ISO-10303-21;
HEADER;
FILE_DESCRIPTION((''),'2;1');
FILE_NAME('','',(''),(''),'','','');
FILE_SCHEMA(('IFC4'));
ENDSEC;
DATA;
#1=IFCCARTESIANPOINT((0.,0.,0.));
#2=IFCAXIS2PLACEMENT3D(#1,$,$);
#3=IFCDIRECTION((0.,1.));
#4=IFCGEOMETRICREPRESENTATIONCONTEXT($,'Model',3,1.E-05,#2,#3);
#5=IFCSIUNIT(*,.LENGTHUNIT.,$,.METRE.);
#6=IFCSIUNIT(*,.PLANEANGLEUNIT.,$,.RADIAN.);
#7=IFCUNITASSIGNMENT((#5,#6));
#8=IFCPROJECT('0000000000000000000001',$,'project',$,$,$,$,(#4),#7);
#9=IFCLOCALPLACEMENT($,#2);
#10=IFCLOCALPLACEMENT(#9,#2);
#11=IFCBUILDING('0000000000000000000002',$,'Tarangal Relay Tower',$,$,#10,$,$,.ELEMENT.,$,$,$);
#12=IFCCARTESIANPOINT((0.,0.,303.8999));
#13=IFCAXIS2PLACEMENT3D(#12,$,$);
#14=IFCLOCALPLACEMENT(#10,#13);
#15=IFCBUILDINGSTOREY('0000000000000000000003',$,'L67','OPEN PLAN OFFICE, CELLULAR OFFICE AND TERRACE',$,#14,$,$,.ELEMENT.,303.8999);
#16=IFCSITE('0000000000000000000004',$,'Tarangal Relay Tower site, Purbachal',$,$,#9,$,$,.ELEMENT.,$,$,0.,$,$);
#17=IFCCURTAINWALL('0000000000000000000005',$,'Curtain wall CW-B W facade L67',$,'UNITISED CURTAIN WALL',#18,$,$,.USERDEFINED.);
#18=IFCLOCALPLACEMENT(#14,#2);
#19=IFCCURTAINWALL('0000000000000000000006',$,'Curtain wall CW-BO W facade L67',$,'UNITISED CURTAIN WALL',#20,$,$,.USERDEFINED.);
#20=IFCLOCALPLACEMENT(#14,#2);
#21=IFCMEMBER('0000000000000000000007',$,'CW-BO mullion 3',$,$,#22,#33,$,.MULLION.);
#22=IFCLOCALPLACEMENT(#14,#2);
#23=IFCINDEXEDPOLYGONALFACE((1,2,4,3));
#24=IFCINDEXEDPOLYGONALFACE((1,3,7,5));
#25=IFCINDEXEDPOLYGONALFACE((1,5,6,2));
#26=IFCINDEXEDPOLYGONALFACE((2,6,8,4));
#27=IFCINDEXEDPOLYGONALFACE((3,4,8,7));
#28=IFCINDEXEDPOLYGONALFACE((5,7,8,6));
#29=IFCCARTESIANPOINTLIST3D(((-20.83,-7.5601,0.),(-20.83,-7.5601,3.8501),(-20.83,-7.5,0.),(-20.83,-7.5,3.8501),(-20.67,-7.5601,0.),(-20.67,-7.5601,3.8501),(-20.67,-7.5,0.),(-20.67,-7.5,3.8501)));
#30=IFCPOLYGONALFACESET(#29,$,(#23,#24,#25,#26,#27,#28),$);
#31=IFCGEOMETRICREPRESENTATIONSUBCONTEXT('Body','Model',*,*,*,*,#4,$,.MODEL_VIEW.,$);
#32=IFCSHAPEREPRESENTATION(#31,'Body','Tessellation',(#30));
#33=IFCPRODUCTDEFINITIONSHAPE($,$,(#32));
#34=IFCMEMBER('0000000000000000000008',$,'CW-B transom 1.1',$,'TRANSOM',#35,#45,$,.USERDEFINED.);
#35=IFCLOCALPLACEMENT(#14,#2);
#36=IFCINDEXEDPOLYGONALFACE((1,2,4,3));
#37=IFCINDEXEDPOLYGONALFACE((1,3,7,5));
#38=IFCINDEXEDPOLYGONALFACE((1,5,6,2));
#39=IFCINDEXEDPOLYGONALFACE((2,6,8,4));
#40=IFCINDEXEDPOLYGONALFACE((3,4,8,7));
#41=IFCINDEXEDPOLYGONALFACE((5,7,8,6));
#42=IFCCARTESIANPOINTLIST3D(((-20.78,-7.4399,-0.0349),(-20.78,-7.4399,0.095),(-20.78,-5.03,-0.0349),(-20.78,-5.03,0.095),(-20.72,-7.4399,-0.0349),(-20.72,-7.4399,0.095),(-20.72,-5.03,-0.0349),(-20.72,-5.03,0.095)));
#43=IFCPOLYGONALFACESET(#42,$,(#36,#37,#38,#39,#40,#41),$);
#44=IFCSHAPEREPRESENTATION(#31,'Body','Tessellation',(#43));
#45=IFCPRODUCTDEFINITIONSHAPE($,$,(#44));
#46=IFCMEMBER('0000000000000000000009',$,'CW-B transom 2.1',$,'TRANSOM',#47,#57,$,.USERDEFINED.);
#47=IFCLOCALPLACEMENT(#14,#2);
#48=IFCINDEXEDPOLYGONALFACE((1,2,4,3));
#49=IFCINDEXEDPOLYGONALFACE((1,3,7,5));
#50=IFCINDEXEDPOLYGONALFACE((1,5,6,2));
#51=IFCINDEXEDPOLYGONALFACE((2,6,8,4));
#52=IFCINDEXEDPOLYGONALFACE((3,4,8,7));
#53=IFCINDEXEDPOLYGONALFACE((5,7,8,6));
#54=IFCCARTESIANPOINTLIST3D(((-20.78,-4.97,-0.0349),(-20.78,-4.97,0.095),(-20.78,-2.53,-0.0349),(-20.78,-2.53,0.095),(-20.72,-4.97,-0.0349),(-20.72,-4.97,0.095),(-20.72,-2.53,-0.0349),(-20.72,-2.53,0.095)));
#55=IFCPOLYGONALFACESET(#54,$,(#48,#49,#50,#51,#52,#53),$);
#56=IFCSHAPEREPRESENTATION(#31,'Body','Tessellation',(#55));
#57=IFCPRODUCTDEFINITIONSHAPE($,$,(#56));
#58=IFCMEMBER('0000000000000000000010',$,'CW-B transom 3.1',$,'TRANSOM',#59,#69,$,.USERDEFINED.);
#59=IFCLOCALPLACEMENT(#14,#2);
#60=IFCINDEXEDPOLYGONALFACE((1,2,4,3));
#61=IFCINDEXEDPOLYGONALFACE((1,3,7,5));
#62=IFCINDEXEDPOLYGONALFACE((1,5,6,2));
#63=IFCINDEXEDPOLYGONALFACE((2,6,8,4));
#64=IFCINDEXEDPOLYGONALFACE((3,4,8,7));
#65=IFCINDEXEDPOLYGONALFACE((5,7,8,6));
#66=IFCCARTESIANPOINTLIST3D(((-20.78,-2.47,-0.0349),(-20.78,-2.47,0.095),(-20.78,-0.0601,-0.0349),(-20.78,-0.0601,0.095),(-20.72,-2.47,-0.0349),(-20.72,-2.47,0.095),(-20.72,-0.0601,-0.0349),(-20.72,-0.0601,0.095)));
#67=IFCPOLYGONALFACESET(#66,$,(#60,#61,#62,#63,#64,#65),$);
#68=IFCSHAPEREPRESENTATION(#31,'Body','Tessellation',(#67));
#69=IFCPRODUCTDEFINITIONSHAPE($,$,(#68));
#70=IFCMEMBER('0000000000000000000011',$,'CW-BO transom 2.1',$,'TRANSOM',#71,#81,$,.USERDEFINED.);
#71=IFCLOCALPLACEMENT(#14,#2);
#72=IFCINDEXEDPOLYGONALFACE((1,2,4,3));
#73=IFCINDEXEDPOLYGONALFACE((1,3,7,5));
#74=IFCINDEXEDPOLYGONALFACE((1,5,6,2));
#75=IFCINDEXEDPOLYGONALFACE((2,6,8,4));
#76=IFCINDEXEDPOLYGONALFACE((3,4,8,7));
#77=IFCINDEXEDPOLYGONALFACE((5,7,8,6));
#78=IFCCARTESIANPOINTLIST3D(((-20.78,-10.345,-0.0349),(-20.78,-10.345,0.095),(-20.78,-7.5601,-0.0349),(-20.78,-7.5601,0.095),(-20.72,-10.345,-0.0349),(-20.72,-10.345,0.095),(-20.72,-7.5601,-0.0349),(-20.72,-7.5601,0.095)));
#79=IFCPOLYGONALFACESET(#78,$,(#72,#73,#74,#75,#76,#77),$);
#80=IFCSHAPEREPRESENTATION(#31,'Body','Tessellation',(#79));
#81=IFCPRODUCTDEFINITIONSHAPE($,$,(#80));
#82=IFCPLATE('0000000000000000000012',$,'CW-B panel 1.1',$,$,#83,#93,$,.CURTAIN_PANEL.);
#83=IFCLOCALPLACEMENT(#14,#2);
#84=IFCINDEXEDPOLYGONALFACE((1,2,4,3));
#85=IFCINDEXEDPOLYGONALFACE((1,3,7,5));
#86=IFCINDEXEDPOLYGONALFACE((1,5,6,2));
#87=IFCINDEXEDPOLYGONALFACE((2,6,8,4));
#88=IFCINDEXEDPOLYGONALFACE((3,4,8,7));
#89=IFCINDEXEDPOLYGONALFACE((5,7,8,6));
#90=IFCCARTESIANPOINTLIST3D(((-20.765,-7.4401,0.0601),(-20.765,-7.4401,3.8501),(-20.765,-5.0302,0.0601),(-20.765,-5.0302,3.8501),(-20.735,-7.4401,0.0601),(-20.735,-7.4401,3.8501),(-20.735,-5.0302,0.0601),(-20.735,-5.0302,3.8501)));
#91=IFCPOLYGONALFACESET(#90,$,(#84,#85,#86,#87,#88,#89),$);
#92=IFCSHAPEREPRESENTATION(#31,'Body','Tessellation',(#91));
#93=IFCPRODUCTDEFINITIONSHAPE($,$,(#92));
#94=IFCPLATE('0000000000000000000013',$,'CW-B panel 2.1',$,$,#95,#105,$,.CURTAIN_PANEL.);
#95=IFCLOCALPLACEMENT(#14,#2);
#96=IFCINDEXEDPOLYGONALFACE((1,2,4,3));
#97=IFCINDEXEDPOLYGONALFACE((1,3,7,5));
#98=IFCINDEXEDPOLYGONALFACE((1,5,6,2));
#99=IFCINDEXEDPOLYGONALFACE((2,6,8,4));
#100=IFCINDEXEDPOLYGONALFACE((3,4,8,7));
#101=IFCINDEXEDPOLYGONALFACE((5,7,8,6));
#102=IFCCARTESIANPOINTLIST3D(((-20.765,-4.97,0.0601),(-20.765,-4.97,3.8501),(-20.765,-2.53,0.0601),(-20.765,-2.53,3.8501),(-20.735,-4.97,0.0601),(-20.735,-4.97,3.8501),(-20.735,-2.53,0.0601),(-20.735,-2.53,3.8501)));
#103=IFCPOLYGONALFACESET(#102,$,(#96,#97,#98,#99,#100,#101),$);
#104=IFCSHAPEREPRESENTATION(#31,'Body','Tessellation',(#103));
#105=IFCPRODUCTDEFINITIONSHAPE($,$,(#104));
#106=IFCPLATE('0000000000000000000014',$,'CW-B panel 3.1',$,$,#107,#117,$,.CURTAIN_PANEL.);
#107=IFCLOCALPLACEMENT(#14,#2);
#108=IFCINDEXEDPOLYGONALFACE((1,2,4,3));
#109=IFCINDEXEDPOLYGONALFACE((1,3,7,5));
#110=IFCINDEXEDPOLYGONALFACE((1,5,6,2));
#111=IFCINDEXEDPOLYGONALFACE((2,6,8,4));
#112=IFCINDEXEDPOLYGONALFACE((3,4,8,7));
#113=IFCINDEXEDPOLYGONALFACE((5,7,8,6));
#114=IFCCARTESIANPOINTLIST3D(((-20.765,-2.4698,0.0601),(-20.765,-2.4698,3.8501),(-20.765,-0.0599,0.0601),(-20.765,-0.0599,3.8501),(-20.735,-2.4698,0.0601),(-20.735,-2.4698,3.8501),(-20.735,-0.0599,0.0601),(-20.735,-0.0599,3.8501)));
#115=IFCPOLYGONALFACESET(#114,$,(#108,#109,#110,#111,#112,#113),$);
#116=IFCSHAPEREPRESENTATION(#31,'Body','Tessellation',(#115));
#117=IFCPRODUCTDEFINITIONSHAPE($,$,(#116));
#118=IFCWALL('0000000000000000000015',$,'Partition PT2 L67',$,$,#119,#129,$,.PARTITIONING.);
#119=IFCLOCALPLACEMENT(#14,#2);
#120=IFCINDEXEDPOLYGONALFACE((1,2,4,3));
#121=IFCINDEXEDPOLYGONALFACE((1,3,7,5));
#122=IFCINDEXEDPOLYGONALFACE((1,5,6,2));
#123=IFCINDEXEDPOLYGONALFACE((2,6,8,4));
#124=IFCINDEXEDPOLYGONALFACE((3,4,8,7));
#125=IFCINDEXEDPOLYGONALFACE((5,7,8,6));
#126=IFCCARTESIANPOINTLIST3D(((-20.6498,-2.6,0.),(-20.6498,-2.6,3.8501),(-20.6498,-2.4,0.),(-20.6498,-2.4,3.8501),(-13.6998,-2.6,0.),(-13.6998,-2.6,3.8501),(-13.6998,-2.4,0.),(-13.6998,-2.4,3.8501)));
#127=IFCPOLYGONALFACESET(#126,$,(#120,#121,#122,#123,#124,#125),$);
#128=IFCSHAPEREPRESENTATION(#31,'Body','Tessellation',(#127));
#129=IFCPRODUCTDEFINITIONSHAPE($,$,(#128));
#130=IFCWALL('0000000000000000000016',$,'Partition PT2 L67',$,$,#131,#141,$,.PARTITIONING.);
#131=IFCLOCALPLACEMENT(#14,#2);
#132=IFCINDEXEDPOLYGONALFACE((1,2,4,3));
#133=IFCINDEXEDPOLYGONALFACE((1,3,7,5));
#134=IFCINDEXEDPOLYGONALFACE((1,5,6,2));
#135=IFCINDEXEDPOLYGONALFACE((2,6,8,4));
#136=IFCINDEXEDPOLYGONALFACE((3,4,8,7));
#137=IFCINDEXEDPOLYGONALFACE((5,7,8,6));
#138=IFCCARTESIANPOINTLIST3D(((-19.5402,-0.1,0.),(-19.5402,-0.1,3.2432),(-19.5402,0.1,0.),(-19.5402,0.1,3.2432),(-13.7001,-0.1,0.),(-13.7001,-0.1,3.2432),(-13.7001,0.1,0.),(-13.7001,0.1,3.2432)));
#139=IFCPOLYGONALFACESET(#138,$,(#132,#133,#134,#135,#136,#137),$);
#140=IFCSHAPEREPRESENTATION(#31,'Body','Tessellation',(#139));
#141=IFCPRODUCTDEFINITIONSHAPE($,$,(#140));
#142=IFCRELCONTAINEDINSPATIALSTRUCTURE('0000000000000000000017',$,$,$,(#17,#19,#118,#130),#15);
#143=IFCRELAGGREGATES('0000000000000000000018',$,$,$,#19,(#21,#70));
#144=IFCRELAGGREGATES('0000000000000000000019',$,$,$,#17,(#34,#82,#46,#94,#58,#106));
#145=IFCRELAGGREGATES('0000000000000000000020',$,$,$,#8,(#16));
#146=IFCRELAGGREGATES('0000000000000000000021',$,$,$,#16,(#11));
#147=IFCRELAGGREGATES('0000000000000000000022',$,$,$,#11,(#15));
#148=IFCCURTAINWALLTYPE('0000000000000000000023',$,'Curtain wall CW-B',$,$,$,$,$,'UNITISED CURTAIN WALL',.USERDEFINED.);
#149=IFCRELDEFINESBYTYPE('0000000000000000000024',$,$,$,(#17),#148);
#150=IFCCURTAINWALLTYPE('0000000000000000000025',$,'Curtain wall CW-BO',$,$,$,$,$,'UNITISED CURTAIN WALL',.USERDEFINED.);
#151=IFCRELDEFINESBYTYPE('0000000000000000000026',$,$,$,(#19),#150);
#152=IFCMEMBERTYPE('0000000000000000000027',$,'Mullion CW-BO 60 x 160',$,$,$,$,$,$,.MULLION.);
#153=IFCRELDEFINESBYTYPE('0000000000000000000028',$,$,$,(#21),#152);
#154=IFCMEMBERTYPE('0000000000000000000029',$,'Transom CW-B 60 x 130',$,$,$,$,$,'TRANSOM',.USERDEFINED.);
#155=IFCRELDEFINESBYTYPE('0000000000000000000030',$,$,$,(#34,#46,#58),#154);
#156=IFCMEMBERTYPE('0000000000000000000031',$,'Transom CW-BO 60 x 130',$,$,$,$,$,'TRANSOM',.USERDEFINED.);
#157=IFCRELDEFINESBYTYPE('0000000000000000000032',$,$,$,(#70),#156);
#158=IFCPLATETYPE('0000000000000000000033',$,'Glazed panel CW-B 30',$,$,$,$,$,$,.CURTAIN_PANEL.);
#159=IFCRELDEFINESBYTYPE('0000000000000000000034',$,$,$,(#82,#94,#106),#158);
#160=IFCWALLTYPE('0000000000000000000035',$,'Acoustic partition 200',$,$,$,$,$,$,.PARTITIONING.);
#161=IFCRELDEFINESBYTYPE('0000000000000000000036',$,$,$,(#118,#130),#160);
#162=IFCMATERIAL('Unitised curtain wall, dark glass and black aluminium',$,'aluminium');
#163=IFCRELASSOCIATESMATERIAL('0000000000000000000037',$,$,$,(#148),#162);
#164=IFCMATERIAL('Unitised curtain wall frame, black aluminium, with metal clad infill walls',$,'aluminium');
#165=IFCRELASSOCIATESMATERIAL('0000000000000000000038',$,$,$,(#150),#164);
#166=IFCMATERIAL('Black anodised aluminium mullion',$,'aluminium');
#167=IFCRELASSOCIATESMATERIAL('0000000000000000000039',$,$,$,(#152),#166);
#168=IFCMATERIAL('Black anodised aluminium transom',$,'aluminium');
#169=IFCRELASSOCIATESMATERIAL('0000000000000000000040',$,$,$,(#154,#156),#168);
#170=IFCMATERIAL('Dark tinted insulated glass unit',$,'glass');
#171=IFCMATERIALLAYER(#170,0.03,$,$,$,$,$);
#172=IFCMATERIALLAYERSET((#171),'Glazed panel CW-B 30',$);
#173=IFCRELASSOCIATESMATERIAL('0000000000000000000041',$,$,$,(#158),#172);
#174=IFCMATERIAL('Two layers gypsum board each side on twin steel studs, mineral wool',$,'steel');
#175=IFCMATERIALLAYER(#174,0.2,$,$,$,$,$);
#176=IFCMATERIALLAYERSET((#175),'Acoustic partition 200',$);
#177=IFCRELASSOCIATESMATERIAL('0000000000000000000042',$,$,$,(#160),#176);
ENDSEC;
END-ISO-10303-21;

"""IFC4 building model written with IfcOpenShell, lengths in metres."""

from ifc_helpers import new_model, si_unit, direction, frame, frame_2d, origin, origin_2d, place, context, subcontext, project, spatial, rectangle, extrude, material, layer, layer_set, material_profile, profile_set, type_object, element, aggregate, save


model = new_model("IFC4")

# Units and contexts
model_context = context("Model", 3, precision=1e-05, world=origin(), true_north=direction((0.0, 1.0)))
body_context = subcontext(model_context, "Body", "Model", "MODEL_VIEW")
ifc_project = project(units=[si_unit("LENGTHUNIT", "METRE"), si_unit("PLANEANGLEUNIT", "RADIAN")], contexts=[model_context])

# Site, building, storey
site_placement = place(None, origin())
site = spatial("IfcSite", under=ifc_project, at=site_placement, Name="Tarangal Relay Tower site, Purbachal", CompositionType="ELEMENT", RefElevation=0.0)
building_placement = place(site_placement, origin())
building = spatial("IfcBuilding", under=site, at=building_placement, Name="Tarangal Relay Tower", CompositionType="ELEMENT")
storey_placement = place(building_placement, frame((0.0, 0.0, 303.8999)))
storey = spatial("IfcBuildingStorey", under=building, at=storey_placement, Name="L67", Description="OPEN PLAN OFFICE, CELLULAR OFFICE AND TERRACE", CompositionType="ELEMENT", Elevation=303.8999)

# Curtain wall
ifc_material_1 = material(Name="Unitised curtain wall, dark glass and black aluminium", Category="aluminium")
curtain_wall_type_1 = type_object("IfcCurtainWallType", Name="Curtain wall CW-B", ElementType="UNITISED CURTAIN WALL", PredefinedType="USERDEFINED", material=ifc_material_1)
curtain_wall_1_placement = place(storey_placement, origin())
curtain_wall_1 = element("IfcCurtainWall", 1, at=curtain_wall_1_placement, inside=storey, type_object=curtain_wall_type_1, Name="Curtain wall CW-B W facade L67", ObjectType="UNITISED CURTAIN WALL", PredefinedType="USERDEFINED")
ifc_material_2 = material(Name="Black anodised aluminium mullion", Category="aluminium")

# Curtain wall, member
ifc_material_3 = material(Name="Unitised curtain wall frame, black aluminium, with metal clad infill walls", Category="aluminium")
curtain_wall_type_2 = type_object("IfcCurtainWallType", Name="Curtain wall CW-BO", ElementType="UNITISED CURTAIN WALL", PredefinedType="USERDEFINED", material=ifc_material_3)
curtain_wall_2_placement = place(storey_placement, origin())
curtain_wall_2 = element("IfcCurtainWall", 2, at=curtain_wall_2_placement, inside=storey, type_object=curtain_wall_type_2, Name="Curtain wall CW-BO W facade L67", ObjectType="UNITISED CURTAIN WALL", PredefinedType="USERDEFINED")
ifc_material_profile_1 = material_profile(ifc_material_2, rectangle(XDim=0.1599, YDim=0.0601, at=origin_2d()), Name="CW-BOM 60X160")
ifc_profile_set_1 = profile_set([ifc_material_profile_1], Name="Black anodised aluminium mullion")
member_type_1 = type_object("IfcMemberType", Name="Mullion CW-BO 60 x 160", PredefinedType="MULLION", material=ifc_profile_set_1)
member_1_placement = place(storey_placement, frame((-20.75, -7.53, 0.0), z_axis=(0.0, 0.0, 1.0), x_axis=(-1.0, 0.0, 0.0)))
member_1 = element("IfcMember", 3, at=member_1_placement, type_object=member_type_1, Name="CW-BO mullion 3", PredefinedType="MULLION", context=body_context, shape_type="SweptSolid", body=[
    extrude(rectangle(XDim=0.1599, YDim=0.0601, at=origin_2d()), origin(), (0.0, 0.0, 1.0), 3.8501),
])

# Members
ifc_material_4 = material(Name="Black anodised aluminium transom", Category="aluminium")
ifc_material_profile_2 = material_profile(ifc_material_4, rectangle(XDim=0.0601, YDim=0.1299, at=origin_2d()), Name="CW-BT 60X130")
ifc_profile_set_2 = profile_set([ifc_material_profile_2], Name="Black anodised aluminium transom")
member_type_2 = type_object("IfcMemberType", Name="Transom CW-B 60 x 130", ElementType="TRANSOM", PredefinedType="USERDEFINED", material=ifc_profile_set_2)
member_2_placement = place(storey_placement, frame((-20.75, -7.4399, 0.03), z_axis=(0.0, 1.0, 0.0), x_axis=(-1.0, 0.0, 0.0)))
member_2 = element("IfcMember", 4, at=member_2_placement, type_object=member_type_2, Name="CW-B transom 1.1", ObjectType="TRANSOM", PredefinedType="USERDEFINED", context=body_context, shape_type="SweptSolid", body=[
    extrude(rectangle(XDim=0.0601, YDim=0.1299, at=origin_2d()), origin(), (0.0, 0.0, 1.0), 2.4099),
])
member_3_placement = place(storey_placement, frame((-20.75, -4.97, 0.03), z_axis=(0.0, 1.0, 0.0), x_axis=(-1.0, 0.0, 0.0)))
member_3 = element("IfcMember", 5, at=member_3_placement, type_object=member_type_2, Name="CW-B transom 2.1", ObjectType="TRANSOM", PredefinedType="USERDEFINED", context=body_context, shape_type="SweptSolid", body=[
    extrude(rectangle(XDim=0.0601, YDim=0.1299, at=origin_2d()), origin(), (0.0, 0.0, 1.0), 2.4399),
])
member_4_placement = place(storey_placement, frame((-20.75, -2.47, 0.03), z_axis=(0.0, 1.0, 0.0), x_axis=(-1.0, 0.0, 0.0)))
member_4 = element("IfcMember", 6, at=member_4_placement, type_object=member_type_2, Name="CW-B transom 3.1", ObjectType="TRANSOM", PredefinedType="USERDEFINED", context=body_context, shape_type="SweptSolid", body=[
    extrude(rectangle(XDim=0.0601, YDim=0.1299, at=origin_2d()), origin(), (0.0, 0.0, 1.0), 2.4099),
])
ifc_material_profile_3 = material_profile(ifc_material_4, rectangle(XDim=0.0601, YDim=0.1299, at=origin_2d()), Name="CW-BOT 60X130")
ifc_profile_set_3 = profile_set([ifc_material_profile_3], Name="Black anodised aluminium transom")
member_type_3 = type_object("IfcMemberType", Name="Transom CW-BO 60 x 130", ElementType="TRANSOM", PredefinedType="USERDEFINED", material=ifc_profile_set_3)
member_5_placement = place(storey_placement, frame((-20.75, -10.345, 0.03), z_axis=(0.0, 1.0, 0.0), x_axis=(-1.0, 0.0, 0.0)))
member_5 = element("IfcMember", 7, at=member_5_placement, type_object=member_type_3, Name="CW-BO transom 2.1", ObjectType="TRANSOM", PredefinedType="USERDEFINED", context=body_context, shape_type="SweptSolid", body=[
    extrude(rectangle(XDim=0.0601, YDim=0.1299, at=origin_2d()), origin(), (0.0, 0.0, 1.0), 2.7849),
])
aggregate(curtain_wall_2, [member_1, member_5])

# Plates
ifc_material_5 = material(Name="Dark tinted insulated glass unit", Category="glass")
ifc_layer_1 = layer(ifc_material_5, 0.03)
ifc_layer_set_1 = layer_set([ifc_layer_1], Name="Glazed panel CW-B 30")
plate_type = type_object("IfcPlateType", Name="Glazed panel CW-B 30", PredefinedType="CURTAIN_PANEL", material=ifc_layer_set_1)
plate_1_placement = place(storey_placement, frame((-20.75, -6.2351, 0.0601), z_axis=(0.0, 0.0, 1.0), x_axis=(0.0, 1.0, 0.0)))
plate_1 = element("IfcPlate", 8, at=plate_1_placement, type_object=plate_type, Name="CW-B panel 1.1", PredefinedType="CURTAIN_PANEL", context=body_context, shape_type="SweptSolid", body=[
    extrude(rectangle(XDim=2.4099, YDim=0.03, at=origin_2d()), origin(), (0.0, 0.0, 1.0), 3.79),
])
plate_2_placement = place(storey_placement, frame((-20.75, -3.75, 0.0601), z_axis=(0.0, 0.0, 1.0), x_axis=(0.0, 1.0, 0.0)))
plate_2 = element("IfcPlate", 9, at=plate_2_placement, type_object=plate_type, Name="CW-B panel 2.1", PredefinedType="CURTAIN_PANEL", context=body_context, shape_type="SweptSolid", body=[
    extrude(rectangle(XDim=2.4399, YDim=0.03, at=origin_2d()), origin(), (0.0, 0.0, 1.0), 3.79),
])
plate_3_placement = place(storey_placement, frame((-20.75, -1.2649, 0.0601), z_axis=(0.0, 0.0, 1.0), x_axis=(0.0, 1.0, 0.0)))
plate_3 = element("IfcPlate", 10, at=plate_3_placement, type_object=plate_type, Name="CW-B panel 3.1", PredefinedType="CURTAIN_PANEL", context=body_context, shape_type="SweptSolid", body=[
    extrude(rectangle(XDim=2.4099, YDim=0.03, at=origin_2d()), origin(), (0.0, 0.0, 1.0), 3.79),
])
aggregate(curtain_wall_1, [member_2, plate_1, member_3, plate_2, member_4, plate_3])

# Walls
ifc_material_6 = material(Name="Two layers gypsum board each side on twin steel studs, mineral wool", Category="steel")
ifc_layer_2 = layer(ifc_material_6, 0.2)
ifc_layer_set_2 = layer_set([ifc_layer_2], Name="Acoustic partition 200")
wall_type_1 = type_object("IfcWallType", Name="Acoustic partition 200", PredefinedType="PARTITIONING", material=ifc_layer_set_2)
wall_1_placement = place(storey_placement, frame((-20.6499, -2.5, 0.0), z_axis=(0.0, 0.0, 1.0), x_axis=(1.0, 0.0, 0.0)))
element("IfcWall", 11, at=wall_1_placement, inside=storey, type_object=wall_type_1, Name="Partition PT2 L67", PredefinedType="PARTITIONING", context=body_context, shape_type="SweptSolid", body=[
    extrude(rectangle(XDim=6.95, YDim=0.2, at=frame_2d((3.4751, 0.0))), origin(), (0.0, 0.0, 1.0), 3.8501),
])
wall_2_placement = place(storey_placement, frame((-19.54, 0.0, 0.0), z_axis=(0.0, 0.0, 1.0), x_axis=(1.0, 0.0, 0.0)))
element("IfcWall", 12, at=wall_2_placement, inside=storey, type_object=wall_type_1, Name="Partition PT2 L67", PredefinedType="PARTITIONING", context=body_context, shape_type="SweptSolid", body=[
    extrude(rectangle(XDim=5.8401, YDim=0.2, at=frame_2d((2.9199, 0.0))), origin(), (0.0, 0.0, 1.0), 3.2432),
])

save(model, "model.ifc")
